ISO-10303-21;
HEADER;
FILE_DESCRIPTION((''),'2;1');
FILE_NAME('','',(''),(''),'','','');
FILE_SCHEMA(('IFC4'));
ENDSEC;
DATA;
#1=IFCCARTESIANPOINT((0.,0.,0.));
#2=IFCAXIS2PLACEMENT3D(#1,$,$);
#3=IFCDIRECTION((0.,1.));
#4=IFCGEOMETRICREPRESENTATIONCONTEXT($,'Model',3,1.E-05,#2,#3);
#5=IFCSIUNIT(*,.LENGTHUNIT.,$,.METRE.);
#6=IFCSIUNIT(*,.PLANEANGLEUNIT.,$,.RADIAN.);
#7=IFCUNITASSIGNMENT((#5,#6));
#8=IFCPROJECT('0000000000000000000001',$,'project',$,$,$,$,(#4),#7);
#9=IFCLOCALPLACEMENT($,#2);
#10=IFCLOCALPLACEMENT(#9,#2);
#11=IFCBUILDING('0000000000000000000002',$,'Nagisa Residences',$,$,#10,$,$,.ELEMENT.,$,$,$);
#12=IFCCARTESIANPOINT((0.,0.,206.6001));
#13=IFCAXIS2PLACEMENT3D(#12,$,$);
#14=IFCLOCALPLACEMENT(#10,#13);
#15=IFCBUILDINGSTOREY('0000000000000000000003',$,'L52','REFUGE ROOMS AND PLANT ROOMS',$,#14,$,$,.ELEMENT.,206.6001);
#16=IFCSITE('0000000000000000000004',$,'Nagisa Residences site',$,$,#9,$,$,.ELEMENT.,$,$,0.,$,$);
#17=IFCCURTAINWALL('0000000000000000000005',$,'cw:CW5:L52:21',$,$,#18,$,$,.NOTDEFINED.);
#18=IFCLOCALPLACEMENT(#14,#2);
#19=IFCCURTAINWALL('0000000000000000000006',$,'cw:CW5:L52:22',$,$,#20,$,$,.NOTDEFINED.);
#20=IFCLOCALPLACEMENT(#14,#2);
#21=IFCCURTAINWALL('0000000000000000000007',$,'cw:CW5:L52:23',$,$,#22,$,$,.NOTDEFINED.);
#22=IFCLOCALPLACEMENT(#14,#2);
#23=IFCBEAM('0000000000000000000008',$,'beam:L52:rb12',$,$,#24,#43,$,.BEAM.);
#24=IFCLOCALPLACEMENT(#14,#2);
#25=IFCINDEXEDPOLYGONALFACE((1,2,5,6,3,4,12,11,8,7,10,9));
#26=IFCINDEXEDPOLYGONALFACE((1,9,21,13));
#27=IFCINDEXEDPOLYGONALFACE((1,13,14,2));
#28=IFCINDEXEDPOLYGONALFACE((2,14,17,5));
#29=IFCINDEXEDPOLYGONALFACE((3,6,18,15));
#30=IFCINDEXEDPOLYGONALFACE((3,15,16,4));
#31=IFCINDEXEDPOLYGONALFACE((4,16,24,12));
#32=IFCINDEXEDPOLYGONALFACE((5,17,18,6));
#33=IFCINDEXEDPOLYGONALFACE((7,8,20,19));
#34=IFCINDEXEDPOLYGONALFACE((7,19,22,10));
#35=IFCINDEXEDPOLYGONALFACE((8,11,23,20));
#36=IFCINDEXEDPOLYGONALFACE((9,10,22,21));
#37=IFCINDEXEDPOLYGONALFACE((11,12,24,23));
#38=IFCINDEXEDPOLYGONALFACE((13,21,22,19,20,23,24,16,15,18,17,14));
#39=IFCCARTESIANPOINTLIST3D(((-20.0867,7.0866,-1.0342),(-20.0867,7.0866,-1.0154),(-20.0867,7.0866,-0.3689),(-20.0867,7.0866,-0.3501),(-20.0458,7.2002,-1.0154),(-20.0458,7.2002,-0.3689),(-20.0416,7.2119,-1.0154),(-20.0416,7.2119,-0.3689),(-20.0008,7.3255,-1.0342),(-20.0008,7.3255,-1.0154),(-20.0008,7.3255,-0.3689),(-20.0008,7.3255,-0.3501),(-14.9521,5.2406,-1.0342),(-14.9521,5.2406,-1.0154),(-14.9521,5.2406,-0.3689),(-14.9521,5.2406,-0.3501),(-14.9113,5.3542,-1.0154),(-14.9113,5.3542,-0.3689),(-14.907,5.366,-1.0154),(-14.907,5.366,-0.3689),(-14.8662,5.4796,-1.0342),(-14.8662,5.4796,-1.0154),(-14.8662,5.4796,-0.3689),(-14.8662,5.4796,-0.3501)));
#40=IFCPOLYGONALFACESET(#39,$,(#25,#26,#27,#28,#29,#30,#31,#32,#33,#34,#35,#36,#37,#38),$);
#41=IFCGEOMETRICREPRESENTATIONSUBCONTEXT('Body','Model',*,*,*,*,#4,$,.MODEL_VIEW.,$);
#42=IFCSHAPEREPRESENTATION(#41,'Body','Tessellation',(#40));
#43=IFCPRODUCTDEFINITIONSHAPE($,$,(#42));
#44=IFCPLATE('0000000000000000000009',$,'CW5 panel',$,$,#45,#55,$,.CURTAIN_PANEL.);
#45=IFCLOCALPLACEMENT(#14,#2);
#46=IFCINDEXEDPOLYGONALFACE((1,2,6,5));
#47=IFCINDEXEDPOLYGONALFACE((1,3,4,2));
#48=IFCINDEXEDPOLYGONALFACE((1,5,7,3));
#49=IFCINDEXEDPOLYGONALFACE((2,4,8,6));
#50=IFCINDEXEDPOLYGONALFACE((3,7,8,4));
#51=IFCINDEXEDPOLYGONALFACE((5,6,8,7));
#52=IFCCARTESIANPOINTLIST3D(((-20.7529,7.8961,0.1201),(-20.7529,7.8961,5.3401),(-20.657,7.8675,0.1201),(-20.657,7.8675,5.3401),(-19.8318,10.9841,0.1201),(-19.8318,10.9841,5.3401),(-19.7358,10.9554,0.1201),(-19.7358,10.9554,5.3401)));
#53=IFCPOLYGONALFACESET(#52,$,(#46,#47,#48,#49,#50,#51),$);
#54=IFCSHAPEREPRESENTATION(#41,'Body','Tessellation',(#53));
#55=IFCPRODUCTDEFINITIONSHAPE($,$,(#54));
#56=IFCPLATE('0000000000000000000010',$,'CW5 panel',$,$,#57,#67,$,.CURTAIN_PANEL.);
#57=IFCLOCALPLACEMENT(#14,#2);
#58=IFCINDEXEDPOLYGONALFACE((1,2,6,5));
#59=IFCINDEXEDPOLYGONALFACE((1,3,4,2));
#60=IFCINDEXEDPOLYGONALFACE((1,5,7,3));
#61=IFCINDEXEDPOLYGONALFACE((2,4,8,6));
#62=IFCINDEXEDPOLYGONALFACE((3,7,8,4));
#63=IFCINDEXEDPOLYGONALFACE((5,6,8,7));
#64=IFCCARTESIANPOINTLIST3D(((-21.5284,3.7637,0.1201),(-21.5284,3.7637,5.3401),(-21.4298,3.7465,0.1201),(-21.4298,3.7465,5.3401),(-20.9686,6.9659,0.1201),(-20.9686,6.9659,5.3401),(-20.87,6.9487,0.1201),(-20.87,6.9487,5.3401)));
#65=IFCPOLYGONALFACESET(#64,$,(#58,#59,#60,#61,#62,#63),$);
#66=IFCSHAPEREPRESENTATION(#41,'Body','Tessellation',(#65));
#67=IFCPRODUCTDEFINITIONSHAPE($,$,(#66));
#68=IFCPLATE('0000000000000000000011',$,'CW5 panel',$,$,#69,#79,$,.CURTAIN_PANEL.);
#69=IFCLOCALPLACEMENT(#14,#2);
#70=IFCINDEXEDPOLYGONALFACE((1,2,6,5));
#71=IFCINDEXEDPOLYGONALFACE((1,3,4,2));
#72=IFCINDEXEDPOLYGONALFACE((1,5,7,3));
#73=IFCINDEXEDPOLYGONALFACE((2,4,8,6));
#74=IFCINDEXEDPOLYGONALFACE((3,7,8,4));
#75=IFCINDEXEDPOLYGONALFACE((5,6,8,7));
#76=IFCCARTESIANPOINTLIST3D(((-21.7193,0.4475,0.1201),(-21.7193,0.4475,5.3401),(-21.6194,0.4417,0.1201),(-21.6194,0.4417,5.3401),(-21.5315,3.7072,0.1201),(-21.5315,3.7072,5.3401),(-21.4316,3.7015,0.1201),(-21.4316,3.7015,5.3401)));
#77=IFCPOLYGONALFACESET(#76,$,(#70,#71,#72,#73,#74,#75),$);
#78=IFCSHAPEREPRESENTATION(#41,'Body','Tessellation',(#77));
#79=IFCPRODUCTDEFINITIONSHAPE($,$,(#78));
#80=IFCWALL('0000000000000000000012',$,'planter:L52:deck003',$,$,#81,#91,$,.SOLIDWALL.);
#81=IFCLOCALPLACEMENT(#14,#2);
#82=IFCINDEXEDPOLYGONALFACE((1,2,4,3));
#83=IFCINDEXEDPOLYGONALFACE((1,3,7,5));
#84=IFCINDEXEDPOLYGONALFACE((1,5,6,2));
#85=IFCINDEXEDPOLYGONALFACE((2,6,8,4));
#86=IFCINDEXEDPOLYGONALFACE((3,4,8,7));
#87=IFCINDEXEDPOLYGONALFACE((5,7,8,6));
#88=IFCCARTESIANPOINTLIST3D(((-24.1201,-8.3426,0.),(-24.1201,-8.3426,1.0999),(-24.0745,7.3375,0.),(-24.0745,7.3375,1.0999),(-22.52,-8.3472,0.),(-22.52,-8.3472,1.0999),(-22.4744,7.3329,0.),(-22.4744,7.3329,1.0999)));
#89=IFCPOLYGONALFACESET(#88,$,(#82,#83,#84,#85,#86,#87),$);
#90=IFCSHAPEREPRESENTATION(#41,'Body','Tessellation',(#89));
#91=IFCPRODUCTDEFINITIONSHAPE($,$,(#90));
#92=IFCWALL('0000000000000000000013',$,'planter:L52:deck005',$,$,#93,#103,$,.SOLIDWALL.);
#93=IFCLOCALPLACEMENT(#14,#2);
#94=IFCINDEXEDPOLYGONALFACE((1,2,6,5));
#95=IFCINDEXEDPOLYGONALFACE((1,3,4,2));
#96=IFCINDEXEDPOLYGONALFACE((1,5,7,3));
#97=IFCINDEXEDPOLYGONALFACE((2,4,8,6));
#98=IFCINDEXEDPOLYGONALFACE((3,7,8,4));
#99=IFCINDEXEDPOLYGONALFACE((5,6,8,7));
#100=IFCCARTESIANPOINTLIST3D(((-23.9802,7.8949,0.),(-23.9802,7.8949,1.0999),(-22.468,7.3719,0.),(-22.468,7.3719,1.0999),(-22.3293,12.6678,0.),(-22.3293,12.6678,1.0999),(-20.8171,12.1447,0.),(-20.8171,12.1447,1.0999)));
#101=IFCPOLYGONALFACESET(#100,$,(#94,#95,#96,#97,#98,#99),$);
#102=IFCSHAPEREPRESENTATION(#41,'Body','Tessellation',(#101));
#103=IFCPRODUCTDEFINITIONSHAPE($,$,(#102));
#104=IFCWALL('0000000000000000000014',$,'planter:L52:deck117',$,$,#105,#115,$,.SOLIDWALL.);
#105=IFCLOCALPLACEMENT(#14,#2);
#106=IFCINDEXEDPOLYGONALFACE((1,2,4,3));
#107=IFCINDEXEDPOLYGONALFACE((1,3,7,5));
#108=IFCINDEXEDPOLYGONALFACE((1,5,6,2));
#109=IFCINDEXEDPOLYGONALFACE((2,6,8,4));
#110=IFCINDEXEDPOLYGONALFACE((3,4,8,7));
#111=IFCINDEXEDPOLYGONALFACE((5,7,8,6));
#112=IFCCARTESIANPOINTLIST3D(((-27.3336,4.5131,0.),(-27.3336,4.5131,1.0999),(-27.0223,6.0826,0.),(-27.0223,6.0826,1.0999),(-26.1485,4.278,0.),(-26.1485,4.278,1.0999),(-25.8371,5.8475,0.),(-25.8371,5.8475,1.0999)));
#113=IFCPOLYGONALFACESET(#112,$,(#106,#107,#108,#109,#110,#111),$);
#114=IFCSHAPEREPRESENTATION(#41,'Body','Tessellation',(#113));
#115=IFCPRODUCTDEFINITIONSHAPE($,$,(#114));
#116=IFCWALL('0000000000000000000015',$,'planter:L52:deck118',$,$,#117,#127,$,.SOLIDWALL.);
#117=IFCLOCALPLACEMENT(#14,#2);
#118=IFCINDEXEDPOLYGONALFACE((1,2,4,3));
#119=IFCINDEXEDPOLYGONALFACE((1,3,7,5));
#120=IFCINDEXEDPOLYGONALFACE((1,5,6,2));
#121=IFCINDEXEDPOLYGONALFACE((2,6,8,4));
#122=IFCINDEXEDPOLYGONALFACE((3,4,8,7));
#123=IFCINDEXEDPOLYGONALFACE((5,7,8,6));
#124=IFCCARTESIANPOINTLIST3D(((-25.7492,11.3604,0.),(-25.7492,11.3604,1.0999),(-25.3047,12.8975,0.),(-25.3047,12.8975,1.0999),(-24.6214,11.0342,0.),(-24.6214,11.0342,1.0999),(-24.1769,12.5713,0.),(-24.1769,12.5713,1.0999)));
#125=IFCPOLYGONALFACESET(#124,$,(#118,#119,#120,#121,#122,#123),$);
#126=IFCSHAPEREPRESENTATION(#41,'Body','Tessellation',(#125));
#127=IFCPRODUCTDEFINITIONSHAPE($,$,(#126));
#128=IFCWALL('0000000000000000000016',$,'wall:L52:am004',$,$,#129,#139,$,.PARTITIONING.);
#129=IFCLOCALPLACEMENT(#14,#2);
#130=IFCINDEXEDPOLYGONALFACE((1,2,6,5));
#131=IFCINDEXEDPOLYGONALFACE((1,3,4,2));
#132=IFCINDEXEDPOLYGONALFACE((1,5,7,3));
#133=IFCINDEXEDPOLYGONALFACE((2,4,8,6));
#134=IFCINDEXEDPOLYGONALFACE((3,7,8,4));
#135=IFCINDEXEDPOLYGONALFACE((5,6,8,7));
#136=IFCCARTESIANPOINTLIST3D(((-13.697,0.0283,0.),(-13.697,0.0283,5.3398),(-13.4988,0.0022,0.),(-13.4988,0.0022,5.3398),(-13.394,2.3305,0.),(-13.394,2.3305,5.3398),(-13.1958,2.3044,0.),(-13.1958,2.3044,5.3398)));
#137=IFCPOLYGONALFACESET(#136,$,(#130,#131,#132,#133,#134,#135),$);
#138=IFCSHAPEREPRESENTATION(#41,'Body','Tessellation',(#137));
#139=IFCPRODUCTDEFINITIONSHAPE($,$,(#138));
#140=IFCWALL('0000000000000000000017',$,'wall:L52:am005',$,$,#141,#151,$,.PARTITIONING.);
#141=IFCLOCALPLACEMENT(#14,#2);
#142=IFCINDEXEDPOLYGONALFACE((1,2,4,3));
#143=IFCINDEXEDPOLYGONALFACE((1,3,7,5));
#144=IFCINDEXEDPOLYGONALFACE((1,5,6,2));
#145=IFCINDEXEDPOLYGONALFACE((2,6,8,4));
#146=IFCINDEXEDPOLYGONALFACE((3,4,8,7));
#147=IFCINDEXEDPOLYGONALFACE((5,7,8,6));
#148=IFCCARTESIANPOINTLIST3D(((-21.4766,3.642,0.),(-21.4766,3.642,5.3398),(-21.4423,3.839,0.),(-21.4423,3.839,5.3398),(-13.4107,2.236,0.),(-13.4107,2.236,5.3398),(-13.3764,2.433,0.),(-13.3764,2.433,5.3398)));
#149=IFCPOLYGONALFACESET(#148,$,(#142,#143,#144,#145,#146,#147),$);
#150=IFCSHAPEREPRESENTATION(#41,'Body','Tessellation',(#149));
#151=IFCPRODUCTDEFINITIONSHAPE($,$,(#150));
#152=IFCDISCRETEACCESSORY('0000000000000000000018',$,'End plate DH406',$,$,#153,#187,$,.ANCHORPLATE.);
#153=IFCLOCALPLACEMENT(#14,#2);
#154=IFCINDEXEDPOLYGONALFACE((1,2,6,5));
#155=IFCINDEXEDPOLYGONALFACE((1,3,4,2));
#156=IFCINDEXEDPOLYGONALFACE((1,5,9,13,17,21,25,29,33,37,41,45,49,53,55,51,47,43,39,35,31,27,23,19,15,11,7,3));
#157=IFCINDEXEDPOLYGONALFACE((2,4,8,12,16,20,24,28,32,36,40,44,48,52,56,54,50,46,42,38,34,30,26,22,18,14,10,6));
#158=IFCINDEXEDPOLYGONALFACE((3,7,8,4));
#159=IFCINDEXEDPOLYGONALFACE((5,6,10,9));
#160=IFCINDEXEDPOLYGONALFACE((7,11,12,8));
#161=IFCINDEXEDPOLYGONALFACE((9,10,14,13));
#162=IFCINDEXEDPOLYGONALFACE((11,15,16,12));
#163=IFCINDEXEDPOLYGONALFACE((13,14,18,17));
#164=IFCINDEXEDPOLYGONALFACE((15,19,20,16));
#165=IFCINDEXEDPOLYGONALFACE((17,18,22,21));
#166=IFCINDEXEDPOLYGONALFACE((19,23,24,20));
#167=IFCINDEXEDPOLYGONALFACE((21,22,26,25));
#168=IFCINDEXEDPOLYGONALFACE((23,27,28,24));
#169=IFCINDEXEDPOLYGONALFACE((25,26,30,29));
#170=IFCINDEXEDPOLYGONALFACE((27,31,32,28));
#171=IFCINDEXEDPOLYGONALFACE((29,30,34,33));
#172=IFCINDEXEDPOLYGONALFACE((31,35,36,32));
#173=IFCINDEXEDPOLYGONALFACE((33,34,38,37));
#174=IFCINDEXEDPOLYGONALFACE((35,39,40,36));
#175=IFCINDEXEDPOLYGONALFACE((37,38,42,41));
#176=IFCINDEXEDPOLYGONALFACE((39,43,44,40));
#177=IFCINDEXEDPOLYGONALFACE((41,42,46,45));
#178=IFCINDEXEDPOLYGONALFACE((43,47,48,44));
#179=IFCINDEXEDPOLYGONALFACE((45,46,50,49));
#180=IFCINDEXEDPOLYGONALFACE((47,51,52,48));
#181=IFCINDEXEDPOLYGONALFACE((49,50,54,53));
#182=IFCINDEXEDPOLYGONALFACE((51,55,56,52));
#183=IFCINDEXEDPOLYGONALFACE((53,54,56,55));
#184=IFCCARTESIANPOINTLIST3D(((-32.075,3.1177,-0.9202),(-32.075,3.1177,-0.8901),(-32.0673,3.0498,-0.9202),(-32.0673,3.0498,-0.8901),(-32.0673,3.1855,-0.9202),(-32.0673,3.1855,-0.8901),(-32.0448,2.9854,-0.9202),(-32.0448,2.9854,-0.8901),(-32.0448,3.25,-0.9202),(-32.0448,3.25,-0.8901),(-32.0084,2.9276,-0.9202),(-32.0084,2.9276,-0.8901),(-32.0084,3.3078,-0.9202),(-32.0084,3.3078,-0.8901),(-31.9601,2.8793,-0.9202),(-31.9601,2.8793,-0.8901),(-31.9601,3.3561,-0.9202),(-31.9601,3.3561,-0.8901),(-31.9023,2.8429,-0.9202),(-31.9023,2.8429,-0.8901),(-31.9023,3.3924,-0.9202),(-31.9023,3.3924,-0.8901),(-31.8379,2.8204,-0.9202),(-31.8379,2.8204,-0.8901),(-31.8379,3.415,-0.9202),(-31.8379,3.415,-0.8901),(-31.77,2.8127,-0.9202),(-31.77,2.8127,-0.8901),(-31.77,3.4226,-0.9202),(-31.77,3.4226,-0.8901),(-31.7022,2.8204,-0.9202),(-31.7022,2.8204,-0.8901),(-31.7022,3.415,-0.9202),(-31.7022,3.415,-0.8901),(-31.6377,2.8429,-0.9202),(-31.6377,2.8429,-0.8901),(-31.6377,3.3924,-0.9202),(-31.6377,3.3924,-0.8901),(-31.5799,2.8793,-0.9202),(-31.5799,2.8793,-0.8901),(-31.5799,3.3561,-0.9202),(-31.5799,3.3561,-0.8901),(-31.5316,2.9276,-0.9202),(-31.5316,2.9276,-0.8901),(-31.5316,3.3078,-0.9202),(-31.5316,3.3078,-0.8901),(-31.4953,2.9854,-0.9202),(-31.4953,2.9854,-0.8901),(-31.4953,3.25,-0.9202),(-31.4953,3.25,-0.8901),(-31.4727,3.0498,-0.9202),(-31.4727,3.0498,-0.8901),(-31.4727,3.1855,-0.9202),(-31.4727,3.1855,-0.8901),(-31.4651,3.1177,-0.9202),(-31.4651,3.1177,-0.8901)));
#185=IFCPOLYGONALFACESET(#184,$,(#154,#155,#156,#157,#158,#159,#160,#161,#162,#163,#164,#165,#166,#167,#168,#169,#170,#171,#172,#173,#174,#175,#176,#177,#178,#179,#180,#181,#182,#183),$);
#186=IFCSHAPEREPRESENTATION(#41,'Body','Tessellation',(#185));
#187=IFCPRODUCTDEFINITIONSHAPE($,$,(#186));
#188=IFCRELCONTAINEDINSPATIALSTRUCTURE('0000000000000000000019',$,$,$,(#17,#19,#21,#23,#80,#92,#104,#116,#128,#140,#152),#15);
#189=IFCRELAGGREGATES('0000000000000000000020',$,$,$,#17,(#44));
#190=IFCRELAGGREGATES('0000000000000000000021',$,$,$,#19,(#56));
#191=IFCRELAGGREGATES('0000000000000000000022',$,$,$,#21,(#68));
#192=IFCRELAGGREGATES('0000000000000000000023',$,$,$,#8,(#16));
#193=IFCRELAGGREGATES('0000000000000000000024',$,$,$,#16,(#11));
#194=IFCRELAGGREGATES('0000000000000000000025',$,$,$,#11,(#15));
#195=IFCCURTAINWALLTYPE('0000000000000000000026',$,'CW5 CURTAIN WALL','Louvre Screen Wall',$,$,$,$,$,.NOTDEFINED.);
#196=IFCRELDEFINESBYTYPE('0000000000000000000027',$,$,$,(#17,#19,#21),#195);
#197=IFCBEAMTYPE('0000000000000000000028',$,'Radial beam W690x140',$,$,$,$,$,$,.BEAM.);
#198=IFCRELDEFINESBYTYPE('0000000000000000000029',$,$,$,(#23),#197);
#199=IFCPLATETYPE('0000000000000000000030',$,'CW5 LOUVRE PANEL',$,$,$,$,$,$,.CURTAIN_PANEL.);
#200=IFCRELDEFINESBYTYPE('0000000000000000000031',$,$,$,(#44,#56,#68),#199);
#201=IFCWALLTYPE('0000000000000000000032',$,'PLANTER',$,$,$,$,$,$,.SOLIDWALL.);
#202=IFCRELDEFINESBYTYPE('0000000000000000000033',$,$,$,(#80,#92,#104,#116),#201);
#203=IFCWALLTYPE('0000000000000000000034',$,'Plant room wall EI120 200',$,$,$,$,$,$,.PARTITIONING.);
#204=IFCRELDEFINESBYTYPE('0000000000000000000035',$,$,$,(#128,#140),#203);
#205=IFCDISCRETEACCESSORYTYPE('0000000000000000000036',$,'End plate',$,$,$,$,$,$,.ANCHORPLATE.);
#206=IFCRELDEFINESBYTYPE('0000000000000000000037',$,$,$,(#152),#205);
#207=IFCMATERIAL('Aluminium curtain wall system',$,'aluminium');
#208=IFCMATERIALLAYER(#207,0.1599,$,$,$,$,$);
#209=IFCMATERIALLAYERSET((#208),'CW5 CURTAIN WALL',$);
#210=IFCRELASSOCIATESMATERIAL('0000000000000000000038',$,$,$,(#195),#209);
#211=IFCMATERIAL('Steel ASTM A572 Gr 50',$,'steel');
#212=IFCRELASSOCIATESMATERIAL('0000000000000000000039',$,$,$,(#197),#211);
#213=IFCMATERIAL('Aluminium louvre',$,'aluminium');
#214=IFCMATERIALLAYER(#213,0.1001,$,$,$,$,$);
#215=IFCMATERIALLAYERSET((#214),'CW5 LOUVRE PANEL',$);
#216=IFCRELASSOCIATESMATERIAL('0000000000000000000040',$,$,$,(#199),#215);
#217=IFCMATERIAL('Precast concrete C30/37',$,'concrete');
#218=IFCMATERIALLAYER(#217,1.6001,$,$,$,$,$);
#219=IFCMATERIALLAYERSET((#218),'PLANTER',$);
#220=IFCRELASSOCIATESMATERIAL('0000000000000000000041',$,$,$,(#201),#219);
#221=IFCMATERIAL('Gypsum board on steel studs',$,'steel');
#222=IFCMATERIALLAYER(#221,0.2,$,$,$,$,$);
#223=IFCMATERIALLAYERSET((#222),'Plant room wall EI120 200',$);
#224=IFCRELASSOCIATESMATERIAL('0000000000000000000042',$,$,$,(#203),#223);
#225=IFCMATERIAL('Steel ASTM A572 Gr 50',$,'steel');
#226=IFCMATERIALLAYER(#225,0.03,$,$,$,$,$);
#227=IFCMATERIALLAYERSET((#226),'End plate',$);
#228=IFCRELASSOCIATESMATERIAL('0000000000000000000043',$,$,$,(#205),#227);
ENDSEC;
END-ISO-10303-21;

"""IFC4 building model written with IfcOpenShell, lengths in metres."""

from ifc_helpers import new_model, si_unit, direction, frame, frame_2d, origin, origin_2d, place, context, subcontext, project, spatial, rectangle, circle, i_section, extrude, material, layer, layer_set, material_profile, profile_set, type_object, element, aggregate, save


model = new_model("IFC4")

# Units and contexts
model_context = context("Model", 3, precision=1e-05, world=origin(), true_north=direction((0.0, 1.0)))
body_context = subcontext(model_context, "Body", "Model", "MODEL_VIEW")
ifc_project = project(units=[si_unit("LENGTHUNIT", "METRE"), si_unit("PLANEANGLEUNIT", "RADIAN")], contexts=[model_context])

# Site, building, storey
site_placement = place(None, origin())
site = spatial("IfcSite", under=ifc_project, at=site_placement, Name="Nagisa Residences site", CompositionType="ELEMENT", RefElevation=0.0)
building_placement = place(site_placement, origin())
building = spatial("IfcBuilding", under=site, at=building_placement, Name="Nagisa Residences", CompositionType="ELEMENT")
storey_placement = place(building_placement, frame((0.0, 0.0, 206.6001)))
storey = spatial("IfcBuildingStorey", under=building, at=storey_placement, Name="L52", Description="REFUGE ROOMS AND PLANT ROOMS", CompositionType="ELEMENT", Elevation=206.6001)

# Curtain walls
ifc_material_1 = material(Name="Aluminium curtain wall system", Category="aluminium")
ifc_layer_1 = layer(ifc_material_1, 0.1599)
ifc_layer_set_1 = layer_set([ifc_layer_1], Name="CW5 CURTAIN WALL")
curtain_wall_type = type_object("IfcCurtainWallType", Name="CW5 CURTAIN WALL", Description="Louvre Screen Wall", PredefinedType="NOTDEFINED", material=ifc_layer_set_1)
curtain_wall_1_placement = place(storey_placement, origin())
curtain_wall_1 = element("IfcCurtainWall", 1, at=curtain_wall_1_placement, inside=storey, type_object=curtain_wall_type, Name="cw:CW5:L52:21", PredefinedType="NOTDEFINED")
curtain_wall_2_placement = place(storey_placement, origin())
curtain_wall_2 = element("IfcCurtainWall", 2, at=curtain_wall_2_placement, inside=storey, type_object=curtain_wall_type, Name="cw:CW5:L52:22", PredefinedType="NOTDEFINED")
curtain_wall_3_placement = place(storey_placement, origin())
curtain_wall_3 = element("IfcCurtainWall", 3, at=curtain_wall_3_placement, inside=storey, type_object=curtain_wall_type, Name="cw:CW5:L52:23", PredefinedType="NOTDEFINED")

# Beam
ifc_material_2 = material(Name="Steel ASTM A572 Gr 50", Category="steel")
ifc_material_profile_1 = material_profile(ifc_material_2, i_section(OverallWidth=0.2539, OverallDepth=0.6841, WebThickness=0.0125, FlangeThickness=0.0188, at=origin_2d()), Name="W690x140")
ifc_profile_set_1 = profile_set([ifc_material_profile_1], Name="Steel ASTM A572 Gr 50")
beam_type_1 = type_object("IfcBeamType", Name="Radial beam W690x140", PredefinedType="BEAM", material=ifc_profile_set_1)
beam_1_placement = place(storey_placement, frame((-20.0437, 7.2061, -0.6921), z_axis=(0.941032, -0.338317, 0.0), x_axis=(0.338317, 0.941032, 0.0)))
element("IfcBeam", 4, at=beam_1_placement, inside=storey, type_object=beam_type_1, Name="beam:L52:rb12", PredefinedType="BEAM", context=body_context, shape_type="SweptSolid", body=[
    extrude(i_section(OverallWidth=0.2539, OverallDepth=0.6841, WebThickness=0.0125, FlangeThickness=0.0188, at=origin_2d()), origin(), (0.0, 0.0, 1.0), 5.4563),
])

# Plates
ifc_material_3 = material(Name="Aluminium louvre", Category="aluminium")
ifc_layer_2 = layer(ifc_material_3, 0.1001)
ifc_layer_set_2 = layer_set([ifc_layer_2], Name="CW5 LOUVRE PANEL")
plate_type = type_object("IfcPlateType", Name="CW5 LOUVRE PANEL", PredefinedType="CURTAIN_PANEL", material=ifc_layer_set_2)
plate_1_placement = place(storey_placement, frame((-20.2444, 9.4258, 0.1201), z_axis=(0.0, 0.0, 1.0), x_axis=(-0.28586, -0.958271, 0.0)))
plate_1 = element("IfcPlate", 5, at=plate_1_placement, type_object=plate_type, Name="CW5 panel", PredefinedType="CURTAIN_PANEL", context=body_context, shape_type="SweptSolid", body=[
    extrude(rectangle(XDim=3.2224, YDim=0.1001, at=origin_2d()), origin(), (0.0, 0.0, 1.0), 5.22),
])
aggregate(curtain_wall_1, [plate_1])
plate_2_placement = place(storey_placement, frame((-21.1992, 5.3562, 0.1201), z_axis=(0.0, 0.0, 1.0), x_axis=(-0.172191, -0.985064, 0.0)))
plate_2 = element("IfcPlate", 6, at=plate_2_placement, type_object=plate_type, Name="CW5 panel", PredefinedType="CURTAIN_PANEL", context=body_context, shape_type="SweptSolid", body=[
    extrude(rectangle(XDim=3.2507, YDim=0.1001, at=origin_2d()), origin(), (0.0, 0.0, 1.0), 5.22),
])
aggregate(curtain_wall_2, [plate_2])
plate_3_placement = place(storey_placement, frame((-21.5754, 2.0745, 0.1201), z_axis=(0.0, 0.0, 1.0), x_axis=(-0.057503, -0.998345, 0.0)))
plate_3 = element("IfcPlate", 7, at=plate_3_placement, type_object=plate_type, Name="CW5 panel", PredefinedType="CURTAIN_PANEL", context=body_context, shape_type="SweptSolid", body=[
    extrude(rectangle(XDim=3.2651, YDim=0.1001, at=origin_2d()), origin(), (0.0, 0.0, 1.0), 5.22),
])
aggregate(curtain_wall_3, [plate_3])

# Walls
ifc_material_4 = material(Name="Precast concrete C30/37", Category="concrete")
ifc_layer_3 = layer(ifc_material_4, 1.6001)
ifc_layer_set_3 = layer_set([ifc_layer_3], Name="PLANTER")
wall_type_1 = type_object("IfcWallType", Name="PLANTER", PredefinedType="SOLIDWALL", material=ifc_layer_set_3)
wall_1_placement = place(storey_placement, frame((-23.2744, 7.3352, 0.0), z_axis=(0.0, 0.0, 1.0), x_axis=(-0.002912, -0.999996, 0.0)))
element("IfcWall", 8, at=wall_1_placement, inside=storey, type_object=wall_type_1, Name="planter:L52:deck003", PredefinedType="SOLIDWALL", context=body_context, shape_type="SweptSolid", body=[
    extrude(rectangle(XDim=15.6802, YDim=1.6001, at=frame_2d((7.8401, 0.0))), origin(), (0.0, 0.0, 1.0), 1.0999),
])
wall_2_placement = place(storey_placement, frame((-21.5732, 12.4062, 0.0), z_axis=(0.0, 0.0, 1.0), x_axis=(-0.326881, -0.945065, 0.0)))
element("IfcWall", 9, at=wall_2_placement, inside=storey, type_object=wall_type_1, Name="planter:L52:deck005", PredefinedType="SOLIDWALL", context=body_context, shape_type="SweptSolid", body=[
    extrude(rectangle(XDim=5.0503, YDim=1.6001, at=frame_2d((2.5251, 0.0))), origin(), (0.0, 0.0, 1.0), 1.0999),
])
wall_3_placement = place(storey_placement, frame((-25.9929, 5.0627, 0.0), z_axis=(0.0, 0.0, 1.0), x_axis=(-0.980883, 0.1946, 0.0)))
element("IfcWall", 10, at=wall_3_placement, inside=storey, type_object=wall_type_1, Name="planter:L52:deck117", PredefinedType="SOLIDWALL", context=body_context, shape_type="SweptSolid", body=[
    extrude(rectangle(XDim=1.2083, YDim=1.6001, at=frame_2d((0.604, 0.0))), origin(), (0.0, 0.0, 1.0), 1.0999),
])
wall_4_placement = place(storey_placement, frame((-25.5269, 12.1289, 0.0), z_axis=(0.0, 0.0, 1.0), x_axis=(0.96064, -0.277796, 0.0)))
element("IfcWall", 11, at=wall_4_placement, inside=storey, type_object=wall_type_1, Name="planter:L52:deck118", PredefinedType="SOLIDWALL", context=body_context, shape_type="SweptSolid", body=[
    extrude(rectangle(XDim=1.1741, YDim=1.6001, at=frame_2d((0.5869, 0.0))), origin(), (0.0, 0.0, 1.0), 1.0999),
])
ifc_material_5 = material(Name="Gypsum board on steel studs", Category="steel")
ifc_layer_4 = layer(ifc_material_5, 0.2)
ifc_layer_set_4 = layer_set([ifc_layer_4], Name="Plant room wall EI120 200")
wall_type_2 = type_object("IfcWallType", Name="Plant room wall EI120 200", PredefinedType="PARTITIONING", material=ifc_layer_set_4)
wall_5_placement = place(storey_placement, frame((-13.5979, 0.0151, 0.0), z_axis=(0.0, 0.0, 1.0), x_axis=(0.130476, 0.991451, 0.0)))
element("IfcWall", 12, at=wall_5_placement, inside=storey, type_object=wall_type_2, Name="wall:L52:am004", PredefinedType="PARTITIONING", context=body_context, shape_type="SweptSolid", body=[
    extrude(rectangle(XDim=2.322, YDim=0.2, at=frame_2d((1.1611, 0.0))), origin(), (0.0, 0.0, 1.0), 5.3398),
])
wall_6_placement = place(storey_placement, frame((-13.3936, 2.3345, 0.0), z_axis=(0.0, 0.0, 1.0), x_axis=(-0.985145, 0.171725, 0.0)))
element("IfcWall", 13, at=wall_6_placement, inside=storey, type_object=wall_type_2, Name="wall:L52:am005", PredefinedType="PARTITIONING", context=body_context, shape_type="SweptSolid", body=[
    extrude(rectangle(XDim=8.1875, YDim=0.2, at=frame_2d((4.0938, 0.0))), origin(), (0.0, 0.0, 1.0), 5.3398),
])

# Discrete accessory
ifc_material_6 = material(Name="Steel ASTM A572 Gr 50", Category="steel")
ifc_layer_5 = layer(ifc_material_6, 0.03)
ifc_layer_set_5 = layer_set([ifc_layer_5], Name="End plate")
discrete_accessory_type = type_object("IfcDiscreteAccessoryType", Name="End plate", PredefinedType="ANCHORPLATE", material=ifc_layer_set_5)
discrete_accessory_placement = place(storey_placement, frame((-31.77, 3.1177, -0.8901), z_axis=(0.0, 0.0, -1.0), x_axis=(1.0, 0.0, 0.0)))
element("IfcDiscreteAccessory", 14, at=discrete_accessory_placement, inside=storey, type_object=discrete_accessory_type, Name="End plate DH406", PredefinedType="ANCHORPLATE", context=body_context, shape_type="SweptSolid", body=[
    extrude(circle(Radius=0.3049, at=origin_2d()), origin(), (0.0, 0.0, 1.0), 0.03),
])

save(model, "model.ifc")
